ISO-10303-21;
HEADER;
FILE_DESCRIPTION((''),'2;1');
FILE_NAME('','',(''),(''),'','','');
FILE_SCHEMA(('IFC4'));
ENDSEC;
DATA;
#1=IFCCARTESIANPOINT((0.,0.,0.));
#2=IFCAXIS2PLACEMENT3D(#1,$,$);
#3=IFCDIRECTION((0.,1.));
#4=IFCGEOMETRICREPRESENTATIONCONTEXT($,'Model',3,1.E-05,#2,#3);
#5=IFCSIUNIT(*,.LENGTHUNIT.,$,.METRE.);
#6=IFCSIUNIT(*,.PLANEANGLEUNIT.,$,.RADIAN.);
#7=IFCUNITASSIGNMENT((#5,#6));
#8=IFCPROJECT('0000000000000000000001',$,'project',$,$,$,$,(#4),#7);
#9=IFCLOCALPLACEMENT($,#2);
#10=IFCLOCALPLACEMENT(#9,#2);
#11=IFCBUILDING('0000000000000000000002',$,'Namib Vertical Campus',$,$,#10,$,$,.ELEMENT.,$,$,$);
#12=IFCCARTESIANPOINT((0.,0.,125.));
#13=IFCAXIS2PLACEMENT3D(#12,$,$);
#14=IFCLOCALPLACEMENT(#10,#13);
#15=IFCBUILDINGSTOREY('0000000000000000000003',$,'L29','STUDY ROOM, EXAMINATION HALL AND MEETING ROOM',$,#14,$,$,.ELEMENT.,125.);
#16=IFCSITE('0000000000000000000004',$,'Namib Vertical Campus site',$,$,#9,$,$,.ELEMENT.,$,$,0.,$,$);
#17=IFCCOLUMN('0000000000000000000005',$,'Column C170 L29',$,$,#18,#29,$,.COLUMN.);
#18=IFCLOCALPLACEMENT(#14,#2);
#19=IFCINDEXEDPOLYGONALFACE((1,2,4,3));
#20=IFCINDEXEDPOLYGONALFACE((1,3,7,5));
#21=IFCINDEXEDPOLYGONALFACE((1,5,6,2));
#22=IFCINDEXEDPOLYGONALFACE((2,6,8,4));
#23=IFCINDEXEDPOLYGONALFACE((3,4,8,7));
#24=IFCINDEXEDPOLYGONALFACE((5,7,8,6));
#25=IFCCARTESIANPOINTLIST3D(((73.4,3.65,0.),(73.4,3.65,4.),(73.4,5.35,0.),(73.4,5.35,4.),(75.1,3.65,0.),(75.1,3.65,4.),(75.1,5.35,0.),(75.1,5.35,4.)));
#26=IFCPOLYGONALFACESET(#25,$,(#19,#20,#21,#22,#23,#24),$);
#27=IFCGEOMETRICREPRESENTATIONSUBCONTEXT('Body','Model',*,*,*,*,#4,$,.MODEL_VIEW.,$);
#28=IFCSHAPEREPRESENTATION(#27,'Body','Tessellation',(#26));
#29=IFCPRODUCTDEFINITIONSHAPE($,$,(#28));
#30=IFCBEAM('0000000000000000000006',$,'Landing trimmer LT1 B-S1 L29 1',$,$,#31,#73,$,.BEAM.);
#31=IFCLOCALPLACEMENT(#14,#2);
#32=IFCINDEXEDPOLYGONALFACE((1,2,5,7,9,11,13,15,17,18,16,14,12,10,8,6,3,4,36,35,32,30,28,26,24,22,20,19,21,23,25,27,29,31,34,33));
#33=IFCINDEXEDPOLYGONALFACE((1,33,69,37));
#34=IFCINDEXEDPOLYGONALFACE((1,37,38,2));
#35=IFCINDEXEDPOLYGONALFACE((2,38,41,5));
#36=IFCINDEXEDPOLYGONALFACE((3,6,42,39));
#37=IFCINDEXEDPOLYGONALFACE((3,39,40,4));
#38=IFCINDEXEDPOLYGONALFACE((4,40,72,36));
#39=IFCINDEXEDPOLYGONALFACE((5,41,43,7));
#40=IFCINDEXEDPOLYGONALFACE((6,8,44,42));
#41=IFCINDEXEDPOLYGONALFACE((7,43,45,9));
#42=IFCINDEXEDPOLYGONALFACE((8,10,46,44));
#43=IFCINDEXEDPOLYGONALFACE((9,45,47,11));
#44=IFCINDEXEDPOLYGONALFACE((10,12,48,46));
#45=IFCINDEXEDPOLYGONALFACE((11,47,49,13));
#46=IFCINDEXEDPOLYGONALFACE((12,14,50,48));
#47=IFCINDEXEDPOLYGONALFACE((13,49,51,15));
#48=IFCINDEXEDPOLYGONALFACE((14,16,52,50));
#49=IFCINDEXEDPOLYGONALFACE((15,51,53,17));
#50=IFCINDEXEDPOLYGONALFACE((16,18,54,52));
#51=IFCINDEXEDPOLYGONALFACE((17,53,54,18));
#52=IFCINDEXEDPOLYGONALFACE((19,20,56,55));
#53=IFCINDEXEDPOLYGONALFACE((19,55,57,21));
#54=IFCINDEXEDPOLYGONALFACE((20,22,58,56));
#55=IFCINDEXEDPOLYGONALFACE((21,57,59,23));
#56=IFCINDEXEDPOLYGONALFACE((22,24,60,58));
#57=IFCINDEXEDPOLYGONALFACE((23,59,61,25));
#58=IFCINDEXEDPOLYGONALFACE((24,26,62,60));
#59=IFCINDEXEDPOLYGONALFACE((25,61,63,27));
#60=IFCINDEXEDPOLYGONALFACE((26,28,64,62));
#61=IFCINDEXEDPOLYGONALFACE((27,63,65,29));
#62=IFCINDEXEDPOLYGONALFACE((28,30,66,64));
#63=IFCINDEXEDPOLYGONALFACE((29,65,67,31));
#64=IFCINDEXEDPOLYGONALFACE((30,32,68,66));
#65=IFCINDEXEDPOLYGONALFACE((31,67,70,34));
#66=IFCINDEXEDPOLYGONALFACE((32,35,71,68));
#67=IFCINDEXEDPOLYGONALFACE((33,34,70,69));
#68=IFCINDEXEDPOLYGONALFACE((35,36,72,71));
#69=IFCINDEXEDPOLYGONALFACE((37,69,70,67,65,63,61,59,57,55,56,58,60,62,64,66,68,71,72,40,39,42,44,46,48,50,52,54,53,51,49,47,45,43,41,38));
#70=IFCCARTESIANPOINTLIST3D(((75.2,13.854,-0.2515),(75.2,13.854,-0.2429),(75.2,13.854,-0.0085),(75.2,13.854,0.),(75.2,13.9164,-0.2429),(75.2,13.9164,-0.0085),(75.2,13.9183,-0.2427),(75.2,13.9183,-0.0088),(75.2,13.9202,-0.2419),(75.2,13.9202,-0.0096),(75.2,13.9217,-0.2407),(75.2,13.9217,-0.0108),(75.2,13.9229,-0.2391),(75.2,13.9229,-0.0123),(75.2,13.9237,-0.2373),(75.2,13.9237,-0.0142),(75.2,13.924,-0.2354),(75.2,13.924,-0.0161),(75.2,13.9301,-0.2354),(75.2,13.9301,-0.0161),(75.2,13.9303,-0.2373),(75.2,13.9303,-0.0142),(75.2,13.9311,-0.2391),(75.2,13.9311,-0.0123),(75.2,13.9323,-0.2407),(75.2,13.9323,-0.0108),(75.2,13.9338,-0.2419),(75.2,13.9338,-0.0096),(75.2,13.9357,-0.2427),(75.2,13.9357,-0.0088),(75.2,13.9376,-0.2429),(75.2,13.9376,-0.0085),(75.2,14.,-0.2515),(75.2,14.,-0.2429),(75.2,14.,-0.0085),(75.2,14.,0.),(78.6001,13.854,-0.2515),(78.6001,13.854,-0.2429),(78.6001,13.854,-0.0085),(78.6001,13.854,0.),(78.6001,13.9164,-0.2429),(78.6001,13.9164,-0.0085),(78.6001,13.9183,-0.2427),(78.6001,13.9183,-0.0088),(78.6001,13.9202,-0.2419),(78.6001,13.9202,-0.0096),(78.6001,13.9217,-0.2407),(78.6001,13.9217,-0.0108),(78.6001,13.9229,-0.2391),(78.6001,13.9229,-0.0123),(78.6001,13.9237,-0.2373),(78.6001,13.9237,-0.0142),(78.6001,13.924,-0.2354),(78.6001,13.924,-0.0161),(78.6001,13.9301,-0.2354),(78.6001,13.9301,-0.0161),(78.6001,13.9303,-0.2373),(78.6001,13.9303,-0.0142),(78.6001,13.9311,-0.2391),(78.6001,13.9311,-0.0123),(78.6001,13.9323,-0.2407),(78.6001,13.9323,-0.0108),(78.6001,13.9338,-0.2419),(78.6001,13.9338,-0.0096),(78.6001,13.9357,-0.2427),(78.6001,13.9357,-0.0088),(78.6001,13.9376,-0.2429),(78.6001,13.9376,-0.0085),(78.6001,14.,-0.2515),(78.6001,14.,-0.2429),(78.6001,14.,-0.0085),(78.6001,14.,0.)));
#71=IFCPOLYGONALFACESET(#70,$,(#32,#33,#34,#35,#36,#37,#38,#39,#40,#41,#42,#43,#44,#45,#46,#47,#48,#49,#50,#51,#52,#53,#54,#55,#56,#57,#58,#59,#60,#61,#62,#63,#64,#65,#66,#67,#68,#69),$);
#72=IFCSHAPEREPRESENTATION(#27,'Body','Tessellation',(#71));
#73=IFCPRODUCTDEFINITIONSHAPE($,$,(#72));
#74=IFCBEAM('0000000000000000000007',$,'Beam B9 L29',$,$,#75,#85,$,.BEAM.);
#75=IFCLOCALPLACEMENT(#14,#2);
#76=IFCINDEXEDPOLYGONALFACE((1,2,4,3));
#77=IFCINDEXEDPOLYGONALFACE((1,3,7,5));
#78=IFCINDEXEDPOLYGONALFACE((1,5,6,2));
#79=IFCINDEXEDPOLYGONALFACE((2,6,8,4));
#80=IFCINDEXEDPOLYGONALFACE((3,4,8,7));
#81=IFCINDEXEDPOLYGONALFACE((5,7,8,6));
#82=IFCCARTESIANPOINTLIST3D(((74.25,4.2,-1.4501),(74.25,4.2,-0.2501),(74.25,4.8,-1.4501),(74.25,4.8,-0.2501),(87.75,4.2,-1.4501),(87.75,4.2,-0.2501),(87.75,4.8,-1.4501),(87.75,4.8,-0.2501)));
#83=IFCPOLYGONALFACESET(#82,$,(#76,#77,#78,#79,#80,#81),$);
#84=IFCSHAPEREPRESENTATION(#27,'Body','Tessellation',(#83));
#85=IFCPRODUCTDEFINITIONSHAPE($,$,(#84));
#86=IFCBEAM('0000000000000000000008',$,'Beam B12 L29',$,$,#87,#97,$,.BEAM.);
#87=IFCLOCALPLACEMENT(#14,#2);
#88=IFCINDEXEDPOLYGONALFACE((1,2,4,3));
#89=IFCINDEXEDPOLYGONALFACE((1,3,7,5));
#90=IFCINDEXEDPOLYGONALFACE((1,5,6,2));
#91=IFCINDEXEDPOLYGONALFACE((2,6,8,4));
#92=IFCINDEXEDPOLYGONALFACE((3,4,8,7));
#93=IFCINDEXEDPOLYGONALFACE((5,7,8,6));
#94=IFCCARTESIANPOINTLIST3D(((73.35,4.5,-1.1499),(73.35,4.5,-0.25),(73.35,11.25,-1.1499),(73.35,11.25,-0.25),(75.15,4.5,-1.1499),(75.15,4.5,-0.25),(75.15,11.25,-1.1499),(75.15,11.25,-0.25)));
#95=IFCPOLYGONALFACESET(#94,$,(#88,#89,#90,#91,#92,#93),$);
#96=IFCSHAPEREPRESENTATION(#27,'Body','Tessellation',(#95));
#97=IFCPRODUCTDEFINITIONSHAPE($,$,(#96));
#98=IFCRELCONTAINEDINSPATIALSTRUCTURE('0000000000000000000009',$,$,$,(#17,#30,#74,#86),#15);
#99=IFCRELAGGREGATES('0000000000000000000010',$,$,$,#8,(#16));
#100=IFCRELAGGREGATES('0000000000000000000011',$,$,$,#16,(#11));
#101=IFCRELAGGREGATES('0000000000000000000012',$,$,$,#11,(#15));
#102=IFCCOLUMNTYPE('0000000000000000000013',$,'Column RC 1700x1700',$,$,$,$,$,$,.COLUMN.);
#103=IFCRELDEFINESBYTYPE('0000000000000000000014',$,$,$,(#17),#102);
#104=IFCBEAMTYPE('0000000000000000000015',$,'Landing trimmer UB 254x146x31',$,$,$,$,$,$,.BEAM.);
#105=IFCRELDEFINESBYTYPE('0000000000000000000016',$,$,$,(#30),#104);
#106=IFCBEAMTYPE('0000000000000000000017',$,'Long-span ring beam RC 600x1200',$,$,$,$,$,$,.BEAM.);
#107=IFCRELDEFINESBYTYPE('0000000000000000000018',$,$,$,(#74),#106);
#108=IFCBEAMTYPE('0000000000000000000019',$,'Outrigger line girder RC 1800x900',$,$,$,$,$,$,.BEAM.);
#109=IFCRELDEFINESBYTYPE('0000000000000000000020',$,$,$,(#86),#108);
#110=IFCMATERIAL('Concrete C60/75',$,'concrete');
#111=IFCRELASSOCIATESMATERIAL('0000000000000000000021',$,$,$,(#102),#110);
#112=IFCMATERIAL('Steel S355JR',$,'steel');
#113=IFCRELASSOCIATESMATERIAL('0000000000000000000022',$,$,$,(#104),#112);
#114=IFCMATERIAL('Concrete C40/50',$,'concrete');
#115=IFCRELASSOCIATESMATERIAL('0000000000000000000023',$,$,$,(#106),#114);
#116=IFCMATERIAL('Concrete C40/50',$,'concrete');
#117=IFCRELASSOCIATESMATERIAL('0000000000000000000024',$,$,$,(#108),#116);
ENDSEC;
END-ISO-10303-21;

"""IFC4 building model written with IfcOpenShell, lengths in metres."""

from ifc_helpers import new_model, si_unit, direction, frame, origin, origin_2d, place, context, subcontext, project, spatial, rectangle, i_section, extrude, material, material_profile, profile_set, type_object, element, save


model = new_model("IFC4")

# Units and contexts
model_context = context("Model", 3, precision=1e-05, world=origin(), true_north=direction((0.0, 1.0)))
body_context = subcontext(model_context, "Body", "Model", "MODEL_VIEW")
ifc_project = project(units=[si_unit("LENGTHUNIT", "METRE"), si_unit("PLANEANGLEUNIT", "RADIAN")], contexts=[model_context])

# Site, building, storey
site_placement = place(None, origin())
site = spatial("IfcSite", under=ifc_project, at=site_placement, Name="Namib Vertical Campus site", CompositionType="ELEMENT", RefElevation=0.0)
building_placement = place(site_placement, origin())
building = spatial("IfcBuilding", under=site, at=building_placement, Name="Namib Vertical Campus", CompositionType="ELEMENT")
storey_placement = place(building_placement, frame((0.0, 0.0, 125.0)))
storey = spatial("IfcBuildingStorey", under=building, at=storey_placement, Name="L29", Description="STUDY ROOM, EXAMINATION HALL AND MEETING ROOM", CompositionType="ELEMENT", Elevation=125.0)

# Column
ifc_material_1 = material(Name="Concrete C60/75", Category="concrete")
ifc_material_profile_1 = material_profile(ifc_material_1, rectangle(XDim=1.7, YDim=1.7, at=origin_2d()))
ifc_profile_set_1 = profile_set([ifc_material_profile_1], Name="Concrete C60/75")
column_type = type_object("IfcColumnType", Name="Column RC 1700x1700", PredefinedType="COLUMN", material=ifc_profile_set_1)
column_placement = place(storey_placement, frame((74.25, 4.5, 0.0), z_axis=(0.0, 0.0, 1.0), x_axis=(1.0, 0.0, 0.0)))
element("IfcColumn", 1, at=column_placement, inside=storey, type_object=column_type, Name="Column C170 L29", PredefinedType="COLUMN", context=body_context, shape_type="SweptSolid", body=[
    extrude(rectangle(XDim=1.7, YDim=1.7, at=origin_2d()), origin(), (0.0, 0.0, 1.0), 4.0),
])

# Beams
ifc_material_2 = material(Name="Steel S355JR", Category="steel")
ifc_material_profile_2 = material_profile(ifc_material_2, i_section(OverallWidth=0.146, OverallDepth=0.2515, WebThickness=0.0061, FlangeThickness=0.0085, FilletRadius=0.0076, at=origin_2d()))
ifc_profile_set_2 = profile_set([ifc_material_profile_2], Name="Steel S355JR")
beam_type_1 = type_object("IfcBeamType", Name="Landing trimmer UB 254x146x31", PredefinedType="BEAM", material=ifc_profile_set_2)
beam_1_placement = place(storey_placement, frame((75.2, 13.927, -0.1257), z_axis=(1.0, 0.0, 0.0), x_axis=(0.0, 1.0, 0.0)))
element("IfcBeam", 2, at=beam_1_placement, inside=storey, type_object=beam_type_1, Name="Landing trimmer LT1 B-S1 L29 1", PredefinedType="BEAM", context=body_context, shape_type="SweptSolid", body=[
    extrude(i_section(OverallWidth=0.146, OverallDepth=0.2515, WebThickness=0.0061, FlangeThickness=0.0085, FilletRadius=0.0076, at=origin_2d()), origin(), (0.0, 0.0, 1.0), 3.4001),
])
ifc_material_3 = material(Name="Concrete C40/50", Category="concrete")
ifc_material_profile_3 = material_profile(ifc_material_3, rectangle(XDim=0.6001, YDim=1.2, at=origin_2d()))
ifc_profile_set_3 = profile_set([ifc_material_profile_3], Name="Concrete C40/50")
beam_type_2 = type_object("IfcBeamType", Name="Long-span ring beam RC 600x1200", PredefinedType="BEAM", material=ifc_profile_set_3)
beam_2_placement = place(storey_placement, frame((74.25, 4.5, -0.8501), z_axis=(1.0, 0.0, 0.0), x_axis=(0.0, 1.0, 0.0)))
element("IfcBeam", 3, at=beam_2_placement, inside=storey, type_object=beam_type_2, Name="Beam B9 L29", PredefinedType="BEAM", context=body_context, shape_type="SweptSolid", body=[
    extrude(rectangle(XDim=0.6001, YDim=1.2, at=origin_2d()), origin(), (0.0, 0.0, 1.0), 13.5),
])
ifc_material_4 = material(Name="Concrete C40/50", Category="concrete")
ifc_material_profile_4 = material_profile(ifc_material_4, rectangle(XDim=1.8, YDim=0.8999, at=origin_2d()))
ifc_profile_set_4 = profile_set([ifc_material_profile_4], Name="Concrete C40/50")
beam_type_3 = type_object("IfcBeamType", Name="Outrigger line girder RC 1800x900", PredefinedType="BEAM", material=ifc_profile_set_4)
beam_3_placement = place(storey_placement, frame((74.25, 4.5, -0.7), z_axis=(0.0, 1.0, 0.0), x_axis=(-1.0, 0.0, 0.0)))
element("IfcBeam", 4, at=beam_3_placement, inside=storey, type_object=beam_type_3, Name="Beam B12 L29", PredefinedType="BEAM", context=body_context, shape_type="SweptSolid", body=[
    extrude(rectangle(XDim=1.8, YDim=0.8999, at=origin_2d()), origin(), (0.0, 0.0, 1.0), 6.75),
])

save(model, "model.ifc")
